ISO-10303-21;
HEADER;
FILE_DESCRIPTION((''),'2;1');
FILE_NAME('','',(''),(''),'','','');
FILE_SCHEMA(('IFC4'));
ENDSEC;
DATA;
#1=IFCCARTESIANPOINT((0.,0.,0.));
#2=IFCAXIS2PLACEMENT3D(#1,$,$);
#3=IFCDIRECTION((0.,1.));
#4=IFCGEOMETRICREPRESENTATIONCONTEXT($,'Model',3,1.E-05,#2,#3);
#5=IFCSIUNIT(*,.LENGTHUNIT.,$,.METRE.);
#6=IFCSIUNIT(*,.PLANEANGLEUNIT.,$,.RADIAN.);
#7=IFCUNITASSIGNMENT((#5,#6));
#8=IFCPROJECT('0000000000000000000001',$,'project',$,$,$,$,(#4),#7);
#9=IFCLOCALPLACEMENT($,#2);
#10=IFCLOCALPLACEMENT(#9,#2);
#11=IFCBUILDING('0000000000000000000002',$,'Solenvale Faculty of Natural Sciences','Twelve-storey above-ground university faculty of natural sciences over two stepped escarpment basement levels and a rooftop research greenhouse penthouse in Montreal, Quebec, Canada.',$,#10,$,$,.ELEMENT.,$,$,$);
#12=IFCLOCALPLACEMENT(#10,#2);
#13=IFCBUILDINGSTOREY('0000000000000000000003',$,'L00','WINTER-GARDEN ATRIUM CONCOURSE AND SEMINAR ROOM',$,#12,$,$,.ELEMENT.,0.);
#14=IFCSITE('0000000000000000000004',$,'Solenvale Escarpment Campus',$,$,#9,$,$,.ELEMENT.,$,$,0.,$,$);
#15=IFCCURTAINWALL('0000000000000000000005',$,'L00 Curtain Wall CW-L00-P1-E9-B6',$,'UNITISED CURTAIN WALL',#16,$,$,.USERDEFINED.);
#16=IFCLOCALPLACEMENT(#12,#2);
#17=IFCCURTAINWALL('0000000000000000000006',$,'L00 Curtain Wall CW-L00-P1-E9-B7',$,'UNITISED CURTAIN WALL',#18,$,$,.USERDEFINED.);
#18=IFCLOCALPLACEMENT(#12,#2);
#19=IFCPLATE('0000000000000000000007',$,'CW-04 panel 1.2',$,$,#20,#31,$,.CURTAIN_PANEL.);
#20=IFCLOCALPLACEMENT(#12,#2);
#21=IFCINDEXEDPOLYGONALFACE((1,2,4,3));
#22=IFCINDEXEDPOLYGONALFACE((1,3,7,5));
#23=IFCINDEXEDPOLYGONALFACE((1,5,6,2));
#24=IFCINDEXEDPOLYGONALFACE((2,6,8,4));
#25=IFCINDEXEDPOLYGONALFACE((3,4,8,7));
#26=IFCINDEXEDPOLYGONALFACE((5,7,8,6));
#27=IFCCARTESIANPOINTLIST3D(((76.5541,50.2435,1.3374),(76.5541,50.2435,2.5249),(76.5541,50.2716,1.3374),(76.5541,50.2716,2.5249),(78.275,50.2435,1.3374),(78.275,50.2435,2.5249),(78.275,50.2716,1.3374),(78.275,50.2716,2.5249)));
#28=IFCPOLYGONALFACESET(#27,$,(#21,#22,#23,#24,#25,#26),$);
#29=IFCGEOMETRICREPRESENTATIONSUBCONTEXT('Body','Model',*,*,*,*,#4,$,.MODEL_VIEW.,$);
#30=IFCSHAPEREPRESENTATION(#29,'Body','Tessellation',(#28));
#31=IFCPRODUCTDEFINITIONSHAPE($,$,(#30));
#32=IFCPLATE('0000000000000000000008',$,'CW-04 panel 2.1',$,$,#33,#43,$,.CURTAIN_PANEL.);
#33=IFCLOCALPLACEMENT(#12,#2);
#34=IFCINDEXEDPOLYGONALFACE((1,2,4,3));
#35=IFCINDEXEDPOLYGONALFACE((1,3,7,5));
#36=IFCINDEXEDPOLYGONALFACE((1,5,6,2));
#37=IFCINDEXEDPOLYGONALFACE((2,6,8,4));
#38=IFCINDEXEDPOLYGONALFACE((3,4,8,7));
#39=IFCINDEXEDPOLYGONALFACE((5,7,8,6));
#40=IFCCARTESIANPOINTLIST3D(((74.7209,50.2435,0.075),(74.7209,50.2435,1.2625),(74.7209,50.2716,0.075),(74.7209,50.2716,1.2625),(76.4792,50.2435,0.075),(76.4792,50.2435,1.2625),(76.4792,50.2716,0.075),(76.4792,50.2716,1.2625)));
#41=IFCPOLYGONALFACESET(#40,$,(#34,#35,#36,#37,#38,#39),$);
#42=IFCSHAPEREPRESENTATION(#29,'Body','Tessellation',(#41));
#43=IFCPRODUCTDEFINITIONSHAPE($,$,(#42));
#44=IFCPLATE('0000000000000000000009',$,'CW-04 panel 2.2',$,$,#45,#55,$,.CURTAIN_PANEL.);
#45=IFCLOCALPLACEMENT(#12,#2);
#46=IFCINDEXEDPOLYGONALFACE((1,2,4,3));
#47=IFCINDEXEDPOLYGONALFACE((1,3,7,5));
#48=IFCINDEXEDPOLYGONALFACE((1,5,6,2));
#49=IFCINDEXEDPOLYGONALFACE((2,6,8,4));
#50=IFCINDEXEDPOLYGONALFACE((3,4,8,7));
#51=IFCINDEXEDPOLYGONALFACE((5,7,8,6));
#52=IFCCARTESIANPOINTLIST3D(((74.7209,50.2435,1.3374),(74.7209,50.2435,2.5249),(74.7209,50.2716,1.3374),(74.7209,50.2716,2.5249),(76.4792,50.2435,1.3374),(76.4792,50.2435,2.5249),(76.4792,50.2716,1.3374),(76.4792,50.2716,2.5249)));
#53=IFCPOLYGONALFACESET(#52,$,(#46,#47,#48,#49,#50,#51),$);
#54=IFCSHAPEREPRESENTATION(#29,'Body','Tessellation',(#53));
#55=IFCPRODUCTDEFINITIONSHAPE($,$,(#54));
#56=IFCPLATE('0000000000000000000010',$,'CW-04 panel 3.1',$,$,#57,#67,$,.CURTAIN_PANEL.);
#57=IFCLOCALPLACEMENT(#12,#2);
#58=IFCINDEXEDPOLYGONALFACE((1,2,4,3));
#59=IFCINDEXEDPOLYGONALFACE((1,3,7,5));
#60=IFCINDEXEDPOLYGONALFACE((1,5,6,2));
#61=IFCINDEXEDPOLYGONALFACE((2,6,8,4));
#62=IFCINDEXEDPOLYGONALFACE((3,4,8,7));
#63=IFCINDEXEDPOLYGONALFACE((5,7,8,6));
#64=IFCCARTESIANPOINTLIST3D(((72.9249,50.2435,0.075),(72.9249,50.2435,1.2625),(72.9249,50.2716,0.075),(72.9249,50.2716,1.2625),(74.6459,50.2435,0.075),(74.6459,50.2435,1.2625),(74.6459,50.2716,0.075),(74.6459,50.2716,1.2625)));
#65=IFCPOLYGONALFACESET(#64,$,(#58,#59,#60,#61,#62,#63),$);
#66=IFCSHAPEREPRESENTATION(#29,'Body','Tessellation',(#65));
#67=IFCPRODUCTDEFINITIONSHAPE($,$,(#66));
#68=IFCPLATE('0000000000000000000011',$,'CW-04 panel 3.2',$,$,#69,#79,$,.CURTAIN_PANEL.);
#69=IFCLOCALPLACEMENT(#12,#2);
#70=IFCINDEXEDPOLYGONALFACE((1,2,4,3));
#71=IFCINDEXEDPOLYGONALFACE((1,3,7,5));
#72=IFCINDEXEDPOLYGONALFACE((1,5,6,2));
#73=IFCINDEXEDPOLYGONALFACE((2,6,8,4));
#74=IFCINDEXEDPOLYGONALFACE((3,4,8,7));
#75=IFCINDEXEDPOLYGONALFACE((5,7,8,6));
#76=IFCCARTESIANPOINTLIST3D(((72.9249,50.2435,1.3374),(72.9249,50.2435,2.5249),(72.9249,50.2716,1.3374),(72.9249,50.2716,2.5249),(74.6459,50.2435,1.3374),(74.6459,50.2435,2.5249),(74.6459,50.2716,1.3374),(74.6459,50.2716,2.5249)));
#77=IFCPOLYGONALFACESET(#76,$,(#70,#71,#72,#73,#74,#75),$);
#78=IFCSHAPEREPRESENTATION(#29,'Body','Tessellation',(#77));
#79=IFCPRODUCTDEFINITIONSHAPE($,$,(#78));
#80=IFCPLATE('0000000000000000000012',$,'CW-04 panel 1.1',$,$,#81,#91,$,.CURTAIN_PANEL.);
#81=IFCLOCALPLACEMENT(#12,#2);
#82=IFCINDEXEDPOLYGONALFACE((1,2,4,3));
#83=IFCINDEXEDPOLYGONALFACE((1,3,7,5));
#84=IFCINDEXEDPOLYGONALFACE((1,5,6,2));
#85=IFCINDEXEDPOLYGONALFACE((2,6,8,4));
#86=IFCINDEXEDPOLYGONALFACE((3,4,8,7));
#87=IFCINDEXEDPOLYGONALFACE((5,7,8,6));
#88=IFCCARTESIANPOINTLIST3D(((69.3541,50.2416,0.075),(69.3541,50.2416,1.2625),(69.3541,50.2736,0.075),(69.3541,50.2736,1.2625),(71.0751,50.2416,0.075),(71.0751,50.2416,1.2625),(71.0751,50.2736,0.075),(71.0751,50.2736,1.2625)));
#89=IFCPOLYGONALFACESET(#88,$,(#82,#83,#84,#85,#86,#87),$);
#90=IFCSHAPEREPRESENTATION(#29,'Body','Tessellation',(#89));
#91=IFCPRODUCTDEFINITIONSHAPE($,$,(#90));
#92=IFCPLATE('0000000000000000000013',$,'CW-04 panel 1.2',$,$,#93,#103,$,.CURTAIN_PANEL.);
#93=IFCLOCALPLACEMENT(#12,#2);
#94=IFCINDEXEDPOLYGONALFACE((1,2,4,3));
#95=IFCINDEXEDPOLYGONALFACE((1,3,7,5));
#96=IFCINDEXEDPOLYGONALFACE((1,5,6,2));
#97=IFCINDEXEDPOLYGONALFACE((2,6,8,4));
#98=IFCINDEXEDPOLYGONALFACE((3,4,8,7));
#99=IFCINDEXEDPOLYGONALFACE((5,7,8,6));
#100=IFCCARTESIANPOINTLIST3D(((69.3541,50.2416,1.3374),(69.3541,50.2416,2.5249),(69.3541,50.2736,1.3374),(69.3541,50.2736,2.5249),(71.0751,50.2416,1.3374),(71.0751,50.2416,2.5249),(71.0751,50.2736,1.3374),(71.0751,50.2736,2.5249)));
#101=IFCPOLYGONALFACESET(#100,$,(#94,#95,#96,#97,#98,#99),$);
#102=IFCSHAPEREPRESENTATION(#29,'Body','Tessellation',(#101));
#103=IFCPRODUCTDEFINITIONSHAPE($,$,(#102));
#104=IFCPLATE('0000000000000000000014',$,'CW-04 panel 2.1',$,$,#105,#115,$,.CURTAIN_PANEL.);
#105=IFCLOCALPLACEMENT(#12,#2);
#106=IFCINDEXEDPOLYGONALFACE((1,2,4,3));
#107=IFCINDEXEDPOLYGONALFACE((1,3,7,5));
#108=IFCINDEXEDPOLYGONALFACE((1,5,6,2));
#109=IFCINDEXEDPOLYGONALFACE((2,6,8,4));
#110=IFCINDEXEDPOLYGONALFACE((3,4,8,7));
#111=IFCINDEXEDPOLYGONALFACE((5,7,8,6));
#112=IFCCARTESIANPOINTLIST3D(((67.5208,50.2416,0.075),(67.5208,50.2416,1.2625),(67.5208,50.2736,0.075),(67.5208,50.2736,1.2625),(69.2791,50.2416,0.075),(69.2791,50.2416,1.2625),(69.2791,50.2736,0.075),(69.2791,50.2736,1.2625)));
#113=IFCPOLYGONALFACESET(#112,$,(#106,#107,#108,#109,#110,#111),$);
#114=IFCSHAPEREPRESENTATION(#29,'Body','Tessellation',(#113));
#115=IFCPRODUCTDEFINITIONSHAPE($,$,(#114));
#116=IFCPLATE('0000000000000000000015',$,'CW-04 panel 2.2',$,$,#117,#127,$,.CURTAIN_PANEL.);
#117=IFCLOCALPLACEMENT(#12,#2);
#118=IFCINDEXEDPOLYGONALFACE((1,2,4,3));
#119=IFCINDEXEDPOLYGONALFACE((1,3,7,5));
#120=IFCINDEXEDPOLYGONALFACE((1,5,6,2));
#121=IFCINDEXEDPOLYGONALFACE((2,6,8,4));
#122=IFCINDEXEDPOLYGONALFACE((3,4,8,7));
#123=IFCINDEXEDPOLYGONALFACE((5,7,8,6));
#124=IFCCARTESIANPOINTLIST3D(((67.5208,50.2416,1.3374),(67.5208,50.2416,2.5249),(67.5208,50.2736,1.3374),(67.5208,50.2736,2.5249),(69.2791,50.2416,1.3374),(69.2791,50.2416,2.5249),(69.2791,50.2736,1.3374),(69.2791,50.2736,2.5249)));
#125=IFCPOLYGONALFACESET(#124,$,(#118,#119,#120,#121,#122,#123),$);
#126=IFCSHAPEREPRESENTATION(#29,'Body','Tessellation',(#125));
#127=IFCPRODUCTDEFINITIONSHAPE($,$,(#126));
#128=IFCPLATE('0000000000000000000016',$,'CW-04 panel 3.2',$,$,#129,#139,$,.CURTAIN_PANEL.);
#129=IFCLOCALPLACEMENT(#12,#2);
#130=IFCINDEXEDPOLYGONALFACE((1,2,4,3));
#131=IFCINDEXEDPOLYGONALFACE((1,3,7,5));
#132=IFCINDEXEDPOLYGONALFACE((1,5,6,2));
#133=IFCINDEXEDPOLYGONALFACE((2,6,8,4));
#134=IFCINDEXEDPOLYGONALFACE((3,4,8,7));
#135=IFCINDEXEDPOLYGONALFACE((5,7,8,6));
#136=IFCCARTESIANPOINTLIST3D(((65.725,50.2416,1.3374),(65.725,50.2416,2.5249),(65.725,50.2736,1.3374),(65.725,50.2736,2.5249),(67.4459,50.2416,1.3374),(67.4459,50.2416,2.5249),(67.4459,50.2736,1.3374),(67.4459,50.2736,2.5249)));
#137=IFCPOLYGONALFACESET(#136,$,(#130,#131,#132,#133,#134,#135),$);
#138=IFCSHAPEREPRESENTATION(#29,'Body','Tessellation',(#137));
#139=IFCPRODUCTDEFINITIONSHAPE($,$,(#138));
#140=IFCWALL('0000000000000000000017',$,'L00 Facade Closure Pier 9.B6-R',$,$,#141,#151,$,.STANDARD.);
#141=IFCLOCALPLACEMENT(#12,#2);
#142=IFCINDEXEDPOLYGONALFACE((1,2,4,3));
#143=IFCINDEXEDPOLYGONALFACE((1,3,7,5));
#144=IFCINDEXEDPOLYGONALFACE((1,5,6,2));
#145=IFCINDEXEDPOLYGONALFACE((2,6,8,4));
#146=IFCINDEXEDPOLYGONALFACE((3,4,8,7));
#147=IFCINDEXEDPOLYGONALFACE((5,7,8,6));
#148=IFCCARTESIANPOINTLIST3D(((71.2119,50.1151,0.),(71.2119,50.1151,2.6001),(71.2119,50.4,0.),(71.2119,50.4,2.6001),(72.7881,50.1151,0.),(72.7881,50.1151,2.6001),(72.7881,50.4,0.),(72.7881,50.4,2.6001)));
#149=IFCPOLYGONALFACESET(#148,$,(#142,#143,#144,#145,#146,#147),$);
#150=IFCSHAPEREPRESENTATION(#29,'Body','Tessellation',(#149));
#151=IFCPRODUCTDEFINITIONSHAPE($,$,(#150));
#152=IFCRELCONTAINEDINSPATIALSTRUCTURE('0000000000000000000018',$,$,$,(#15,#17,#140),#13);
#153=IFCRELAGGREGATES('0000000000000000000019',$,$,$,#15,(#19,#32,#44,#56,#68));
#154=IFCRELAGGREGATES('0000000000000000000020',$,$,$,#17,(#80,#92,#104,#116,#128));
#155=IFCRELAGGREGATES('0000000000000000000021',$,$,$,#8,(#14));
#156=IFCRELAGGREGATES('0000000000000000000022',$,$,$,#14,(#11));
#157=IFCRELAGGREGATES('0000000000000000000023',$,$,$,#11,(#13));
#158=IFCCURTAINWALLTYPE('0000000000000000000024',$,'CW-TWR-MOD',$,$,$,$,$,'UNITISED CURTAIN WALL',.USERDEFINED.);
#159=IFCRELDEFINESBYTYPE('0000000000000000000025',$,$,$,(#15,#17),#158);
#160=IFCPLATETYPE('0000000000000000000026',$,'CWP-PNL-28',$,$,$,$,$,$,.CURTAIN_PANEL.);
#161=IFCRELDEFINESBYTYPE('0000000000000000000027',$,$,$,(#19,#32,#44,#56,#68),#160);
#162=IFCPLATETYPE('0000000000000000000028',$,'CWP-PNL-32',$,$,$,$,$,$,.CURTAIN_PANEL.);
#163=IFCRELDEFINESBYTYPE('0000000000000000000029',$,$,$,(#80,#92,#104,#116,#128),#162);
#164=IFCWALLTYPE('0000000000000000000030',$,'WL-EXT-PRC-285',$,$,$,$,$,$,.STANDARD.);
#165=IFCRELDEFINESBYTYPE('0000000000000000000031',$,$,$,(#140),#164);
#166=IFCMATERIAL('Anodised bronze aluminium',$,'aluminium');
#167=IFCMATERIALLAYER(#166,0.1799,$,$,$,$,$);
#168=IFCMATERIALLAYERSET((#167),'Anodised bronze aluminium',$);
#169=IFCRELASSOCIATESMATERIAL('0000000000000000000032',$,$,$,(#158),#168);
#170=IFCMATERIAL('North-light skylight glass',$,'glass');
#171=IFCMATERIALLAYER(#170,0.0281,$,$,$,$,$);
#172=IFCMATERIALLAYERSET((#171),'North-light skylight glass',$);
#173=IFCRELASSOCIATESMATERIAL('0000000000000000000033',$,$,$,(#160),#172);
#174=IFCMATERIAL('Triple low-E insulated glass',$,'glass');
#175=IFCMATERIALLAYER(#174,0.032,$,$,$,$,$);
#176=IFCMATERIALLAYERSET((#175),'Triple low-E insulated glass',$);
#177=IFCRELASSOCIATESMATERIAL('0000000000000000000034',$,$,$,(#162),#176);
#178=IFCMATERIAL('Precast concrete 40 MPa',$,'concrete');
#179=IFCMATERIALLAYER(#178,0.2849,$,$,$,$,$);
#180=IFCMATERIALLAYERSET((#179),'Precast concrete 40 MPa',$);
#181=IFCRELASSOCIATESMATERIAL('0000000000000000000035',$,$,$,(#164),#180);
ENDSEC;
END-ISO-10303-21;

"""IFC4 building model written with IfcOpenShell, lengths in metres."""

from ifc_helpers import new_model, si_unit, direction, frame, frame_2d, origin, origin_2d, place, context, subcontext, project, spatial, rectangle, extrude, material, layer, layer_set, type_object, element, aggregate, save


model = new_model("IFC4")

# Units and contexts
model_context = context("Model", 3, precision=1e-05, world=origin(), true_north=direction((0.0, 1.0)))
body_context = subcontext(model_context, "Body", "Model", "MODEL_VIEW")
ifc_project = project(units=[si_unit("LENGTHUNIT", "METRE"), si_unit("PLANEANGLEUNIT", "RADIAN")], contexts=[model_context])

# Site, building, storey
site_placement = place(None, origin())
site = spatial("IfcSite", under=ifc_project, at=site_placement, Name="Solenvale Escarpment Campus", CompositionType="ELEMENT", RefElevation=0.0)
building_placement = place(site_placement, origin())
building = spatial("IfcBuilding", under=site, at=building_placement, Name="Solenvale Faculty of Natural Sciences", Description="Twelve-storey above-ground university faculty of natural sciences over two stepped escarpment basement levels and a rooftop research greenhouse penthouse in Montreal, Quebec, Canada.", CompositionType="ELEMENT")
storey_placement = place(building_placement, origin())
storey = spatial("IfcBuildingStorey", under=building, at=storey_placement, Name="L00", Description="WINTER-GARDEN ATRIUM CONCOURSE AND SEMINAR ROOM", CompositionType="ELEMENT", Elevation=0.0)

# Curtain walls
ifc_material_1 = material(Name="Anodised bronze aluminium", Category="aluminium")
ifc_layer_1 = layer(ifc_material_1, 0.1799)
ifc_layer_set_1 = layer_set([ifc_layer_1], Name="Anodised bronze aluminium")
curtain_wall_type = type_object("IfcCurtainWallType", Name="CW-TWR-MOD", ElementType="UNITISED CURTAIN WALL", PredefinedType="USERDEFINED", material=ifc_layer_set_1)
curtain_wall_1_placement = place(storey_placement, origin())
curtain_wall_1 = element("IfcCurtainWall", 1, at=curtain_wall_1_placement, inside=storey, type_object=curtain_wall_type, Name="L00 Curtain Wall CW-L00-P1-E9-B6", ObjectType="UNITISED CURTAIN WALL", PredefinedType="USERDEFINED")
curtain_wall_2_placement = place(storey_placement, origin())
curtain_wall_2 = element("IfcCurtainWall", 2, at=curtain_wall_2_placement, inside=storey, type_object=curtain_wall_type, Name="L00 Curtain Wall CW-L00-P1-E9-B7", ObjectType="UNITISED CURTAIN WALL", PredefinedType="USERDEFINED")

# Plates
ifc_material_2 = material(Name="North-light skylight glass", Category="glass")
ifc_layer_2 = layer(ifc_material_2, 0.0281)
ifc_layer_set_2 = layer_set([ifc_layer_2], Name="North-light skylight glass")
plate_type_1 = type_object("IfcPlateType", Name="CWP-PNL-28", PredefinedType="CURTAIN_PANEL", material=ifc_layer_set_2)
plate_1_placement = place(storey_placement, frame((77.4146, 50.2576, 1.3374), z_axis=(0.0, 0.0, 1.0), x_axis=(-1.0, 0.0, 0.0)))
plate_1 = element("IfcPlate", 3, at=plate_1_placement, type_object=plate_type_1, Name="CW-04 panel 1.2", PredefinedType="CURTAIN_PANEL", context=body_context, shape_type="SweptSolid", body=[
    extrude(rectangle(XDim=1.7209, YDim=0.0281, at=origin_2d()), origin(), (0.0, 0.0, 1.0), 1.1875),
])
plate_2_placement = place(storey_placement, frame((75.6001, 50.2576, 0.075), z_axis=(0.0, 0.0, 1.0), x_axis=(-1.0, 0.0, 0.0)))
plate_2 = element("IfcPlate", 4, at=plate_2_placement, type_object=plate_type_1, Name="CW-04 panel 2.1", PredefinedType="CURTAIN_PANEL", context=body_context, shape_type="SweptSolid", body=[
    extrude(rectangle(XDim=1.7583, YDim=0.0281, at=origin_2d()), origin(), (0.0, 0.0, 1.0), 1.1875),
])
plate_3_placement = place(storey_placement, frame((75.6001, 50.2576, 1.3374), z_axis=(0.0, 0.0, 1.0), x_axis=(-1.0, 0.0, 0.0)))
plate_3 = element("IfcPlate", 5, at=plate_3_placement, type_object=plate_type_1, Name="CW-04 panel 2.2", PredefinedType="CURTAIN_PANEL", context=body_context, shape_type="SweptSolid", body=[
    extrude(rectangle(XDim=1.7583, YDim=0.0281, at=origin_2d()), origin(), (0.0, 0.0, 1.0), 1.1875),
])
plate_4_placement = place(storey_placement, frame((73.7854, 50.2576, 0.075), z_axis=(0.0, 0.0, 1.0), x_axis=(-1.0, 0.0, 0.0)))
plate_4 = element("IfcPlate", 6, at=plate_4_placement, type_object=plate_type_1, Name="CW-04 panel 3.1", PredefinedType="CURTAIN_PANEL", context=body_context, shape_type="SweptSolid", body=[
    extrude(rectangle(XDim=1.7209, YDim=0.0281, at=origin_2d()), origin(), (0.0, 0.0, 1.0), 1.1875),
])
plate_5_placement = place(storey_placement, frame((73.7854, 50.2576, 1.3374), z_axis=(0.0, 0.0, 1.0), x_axis=(-1.0, 0.0, 0.0)))
plate_5 = element("IfcPlate", 7, at=plate_5_placement, type_object=plate_type_1, Name="CW-04 panel 3.2", PredefinedType="CURTAIN_PANEL", context=body_context, shape_type="SweptSolid", body=[
    extrude(rectangle(XDim=1.7209, YDim=0.0281, at=origin_2d()), origin(), (0.0, 0.0, 1.0), 1.1875),
])
aggregate(curtain_wall_1, [plate_1, plate_2, plate_3, plate_4, plate_5])
ifc_material_3 = material(Name="Triple low-E insulated glass", Category="glass")
ifc_layer_3 = layer(ifc_material_3, 0.032)
ifc_layer_set_3 = layer_set([ifc_layer_3], Name="Triple low-E insulated glass")
plate_type_2 = type_object("IfcPlateType", Name="CWP-PNL-32", PredefinedType="CURTAIN_PANEL", material=ifc_layer_set_3)
plate_6_placement = place(storey_placement, frame((70.2146, 50.2576, 0.075), z_axis=(0.0, 0.0, 1.0), x_axis=(-1.0, 0.0, 0.0)))
plate_6 = element("IfcPlate", 8, at=plate_6_placement, type_object=plate_type_2, Name="CW-04 panel 1.1", PredefinedType="CURTAIN_PANEL", context=body_context, shape_type="SweptSolid", body=[
    extrude(rectangle(XDim=1.7209, YDim=0.032, at=origin_2d()), origin(), (0.0, 0.0, 1.0), 1.1875),
])
plate_7_placement = place(storey_placement, frame((70.2146, 50.2576, 1.3374), z_axis=(0.0, 0.0, 1.0), x_axis=(-1.0, 0.0, 0.0)))
plate_7 = element("IfcPlate", 9, at=plate_7_placement, type_object=plate_type_2, Name="CW-04 panel 1.2", PredefinedType="CURTAIN_PANEL", context=body_context, shape_type="SweptSolid", body=[
    extrude(rectangle(XDim=1.7209, YDim=0.032, at=origin_2d()), origin(), (0.0, 0.0, 1.0), 1.1875),
])
plate_8_placement = place(storey_placement, frame((68.3999, 50.2576, 0.075), z_axis=(0.0, 0.0, 1.0), x_axis=(-1.0, 0.0, 0.0)))
plate_8 = element("IfcPlate", 10, at=plate_8_placement, type_object=plate_type_2, Name="CW-04 panel 2.1", PredefinedType="CURTAIN_PANEL", context=body_context, shape_type="SweptSolid", body=[
    extrude(rectangle(XDim=1.7583, YDim=0.032, at=origin_2d()), origin(), (0.0, 0.0, 1.0), 1.1875),
])
plate_9_placement = place(storey_placement, frame((68.3999, 50.2576, 1.3374), z_axis=(0.0, 0.0, 1.0), x_axis=(-1.0, 0.0, 0.0)))
plate_9 = element("IfcPlate", 11, at=plate_9_placement, type_object=plate_type_2, Name="CW-04 panel 2.2", PredefinedType="CURTAIN_PANEL", context=body_context, shape_type="SweptSolid", body=[
    extrude(rectangle(XDim=1.7583, YDim=0.032, at=origin_2d()), origin(), (0.0, 0.0, 1.0), 1.1875),
])
plate_10_placement = place(storey_placement, frame((66.5854, 50.2576, 1.3374), z_axis=(0.0, 0.0, 1.0), x_axis=(-1.0, 0.0, 0.0)))
plate_10 = element("IfcPlate", 12, at=plate_10_placement, type_object=plate_type_2, Name="CW-04 panel 3.2", PredefinedType="CURTAIN_PANEL", context=body_context, shape_type="SweptSolid", body=[
    extrude(rectangle(XDim=1.7209, YDim=0.032, at=origin_2d()), origin(), (0.0, 0.0, 1.0), 1.1875),
])
aggregate(curtain_wall_2, [plate_6, plate_7, plate_8, plate_9, plate_10])

# Wall
ifc_material_4 = material(Name="Precast concrete 40 MPa", Category="concrete")
ifc_layer_4 = layer(ifc_material_4, 0.2849)
ifc_layer_set_4 = layer_set([ifc_layer_4], Name="Precast concrete 40 MPa")
wall_type = type_object("IfcWallType", Name="WL-EXT-PRC-285", PredefinedType="STANDARD", material=ifc_layer_set_4)
wall_placement = place(storey_placement, frame((72.7881, 50.2576, 0.0), z_axis=(0.0, 0.0, 1.0), x_axis=(-1.0, 0.0, 0.0)))
element("IfcWall", 13, at=wall_placement, inside=storey, type_object=wall_type, Name="L00 Facade Closure Pier 9.B6-R", PredefinedType="STANDARD", context=body_context, shape_type="SweptSolid", body=[
    extrude(rectangle(XDim=1.5762, YDim=0.2849, at=frame_2d((0.7881, 0.0))), origin(), (0.0, 0.0, 1.0), 2.6001),
])

save(model, "model.ifc")
